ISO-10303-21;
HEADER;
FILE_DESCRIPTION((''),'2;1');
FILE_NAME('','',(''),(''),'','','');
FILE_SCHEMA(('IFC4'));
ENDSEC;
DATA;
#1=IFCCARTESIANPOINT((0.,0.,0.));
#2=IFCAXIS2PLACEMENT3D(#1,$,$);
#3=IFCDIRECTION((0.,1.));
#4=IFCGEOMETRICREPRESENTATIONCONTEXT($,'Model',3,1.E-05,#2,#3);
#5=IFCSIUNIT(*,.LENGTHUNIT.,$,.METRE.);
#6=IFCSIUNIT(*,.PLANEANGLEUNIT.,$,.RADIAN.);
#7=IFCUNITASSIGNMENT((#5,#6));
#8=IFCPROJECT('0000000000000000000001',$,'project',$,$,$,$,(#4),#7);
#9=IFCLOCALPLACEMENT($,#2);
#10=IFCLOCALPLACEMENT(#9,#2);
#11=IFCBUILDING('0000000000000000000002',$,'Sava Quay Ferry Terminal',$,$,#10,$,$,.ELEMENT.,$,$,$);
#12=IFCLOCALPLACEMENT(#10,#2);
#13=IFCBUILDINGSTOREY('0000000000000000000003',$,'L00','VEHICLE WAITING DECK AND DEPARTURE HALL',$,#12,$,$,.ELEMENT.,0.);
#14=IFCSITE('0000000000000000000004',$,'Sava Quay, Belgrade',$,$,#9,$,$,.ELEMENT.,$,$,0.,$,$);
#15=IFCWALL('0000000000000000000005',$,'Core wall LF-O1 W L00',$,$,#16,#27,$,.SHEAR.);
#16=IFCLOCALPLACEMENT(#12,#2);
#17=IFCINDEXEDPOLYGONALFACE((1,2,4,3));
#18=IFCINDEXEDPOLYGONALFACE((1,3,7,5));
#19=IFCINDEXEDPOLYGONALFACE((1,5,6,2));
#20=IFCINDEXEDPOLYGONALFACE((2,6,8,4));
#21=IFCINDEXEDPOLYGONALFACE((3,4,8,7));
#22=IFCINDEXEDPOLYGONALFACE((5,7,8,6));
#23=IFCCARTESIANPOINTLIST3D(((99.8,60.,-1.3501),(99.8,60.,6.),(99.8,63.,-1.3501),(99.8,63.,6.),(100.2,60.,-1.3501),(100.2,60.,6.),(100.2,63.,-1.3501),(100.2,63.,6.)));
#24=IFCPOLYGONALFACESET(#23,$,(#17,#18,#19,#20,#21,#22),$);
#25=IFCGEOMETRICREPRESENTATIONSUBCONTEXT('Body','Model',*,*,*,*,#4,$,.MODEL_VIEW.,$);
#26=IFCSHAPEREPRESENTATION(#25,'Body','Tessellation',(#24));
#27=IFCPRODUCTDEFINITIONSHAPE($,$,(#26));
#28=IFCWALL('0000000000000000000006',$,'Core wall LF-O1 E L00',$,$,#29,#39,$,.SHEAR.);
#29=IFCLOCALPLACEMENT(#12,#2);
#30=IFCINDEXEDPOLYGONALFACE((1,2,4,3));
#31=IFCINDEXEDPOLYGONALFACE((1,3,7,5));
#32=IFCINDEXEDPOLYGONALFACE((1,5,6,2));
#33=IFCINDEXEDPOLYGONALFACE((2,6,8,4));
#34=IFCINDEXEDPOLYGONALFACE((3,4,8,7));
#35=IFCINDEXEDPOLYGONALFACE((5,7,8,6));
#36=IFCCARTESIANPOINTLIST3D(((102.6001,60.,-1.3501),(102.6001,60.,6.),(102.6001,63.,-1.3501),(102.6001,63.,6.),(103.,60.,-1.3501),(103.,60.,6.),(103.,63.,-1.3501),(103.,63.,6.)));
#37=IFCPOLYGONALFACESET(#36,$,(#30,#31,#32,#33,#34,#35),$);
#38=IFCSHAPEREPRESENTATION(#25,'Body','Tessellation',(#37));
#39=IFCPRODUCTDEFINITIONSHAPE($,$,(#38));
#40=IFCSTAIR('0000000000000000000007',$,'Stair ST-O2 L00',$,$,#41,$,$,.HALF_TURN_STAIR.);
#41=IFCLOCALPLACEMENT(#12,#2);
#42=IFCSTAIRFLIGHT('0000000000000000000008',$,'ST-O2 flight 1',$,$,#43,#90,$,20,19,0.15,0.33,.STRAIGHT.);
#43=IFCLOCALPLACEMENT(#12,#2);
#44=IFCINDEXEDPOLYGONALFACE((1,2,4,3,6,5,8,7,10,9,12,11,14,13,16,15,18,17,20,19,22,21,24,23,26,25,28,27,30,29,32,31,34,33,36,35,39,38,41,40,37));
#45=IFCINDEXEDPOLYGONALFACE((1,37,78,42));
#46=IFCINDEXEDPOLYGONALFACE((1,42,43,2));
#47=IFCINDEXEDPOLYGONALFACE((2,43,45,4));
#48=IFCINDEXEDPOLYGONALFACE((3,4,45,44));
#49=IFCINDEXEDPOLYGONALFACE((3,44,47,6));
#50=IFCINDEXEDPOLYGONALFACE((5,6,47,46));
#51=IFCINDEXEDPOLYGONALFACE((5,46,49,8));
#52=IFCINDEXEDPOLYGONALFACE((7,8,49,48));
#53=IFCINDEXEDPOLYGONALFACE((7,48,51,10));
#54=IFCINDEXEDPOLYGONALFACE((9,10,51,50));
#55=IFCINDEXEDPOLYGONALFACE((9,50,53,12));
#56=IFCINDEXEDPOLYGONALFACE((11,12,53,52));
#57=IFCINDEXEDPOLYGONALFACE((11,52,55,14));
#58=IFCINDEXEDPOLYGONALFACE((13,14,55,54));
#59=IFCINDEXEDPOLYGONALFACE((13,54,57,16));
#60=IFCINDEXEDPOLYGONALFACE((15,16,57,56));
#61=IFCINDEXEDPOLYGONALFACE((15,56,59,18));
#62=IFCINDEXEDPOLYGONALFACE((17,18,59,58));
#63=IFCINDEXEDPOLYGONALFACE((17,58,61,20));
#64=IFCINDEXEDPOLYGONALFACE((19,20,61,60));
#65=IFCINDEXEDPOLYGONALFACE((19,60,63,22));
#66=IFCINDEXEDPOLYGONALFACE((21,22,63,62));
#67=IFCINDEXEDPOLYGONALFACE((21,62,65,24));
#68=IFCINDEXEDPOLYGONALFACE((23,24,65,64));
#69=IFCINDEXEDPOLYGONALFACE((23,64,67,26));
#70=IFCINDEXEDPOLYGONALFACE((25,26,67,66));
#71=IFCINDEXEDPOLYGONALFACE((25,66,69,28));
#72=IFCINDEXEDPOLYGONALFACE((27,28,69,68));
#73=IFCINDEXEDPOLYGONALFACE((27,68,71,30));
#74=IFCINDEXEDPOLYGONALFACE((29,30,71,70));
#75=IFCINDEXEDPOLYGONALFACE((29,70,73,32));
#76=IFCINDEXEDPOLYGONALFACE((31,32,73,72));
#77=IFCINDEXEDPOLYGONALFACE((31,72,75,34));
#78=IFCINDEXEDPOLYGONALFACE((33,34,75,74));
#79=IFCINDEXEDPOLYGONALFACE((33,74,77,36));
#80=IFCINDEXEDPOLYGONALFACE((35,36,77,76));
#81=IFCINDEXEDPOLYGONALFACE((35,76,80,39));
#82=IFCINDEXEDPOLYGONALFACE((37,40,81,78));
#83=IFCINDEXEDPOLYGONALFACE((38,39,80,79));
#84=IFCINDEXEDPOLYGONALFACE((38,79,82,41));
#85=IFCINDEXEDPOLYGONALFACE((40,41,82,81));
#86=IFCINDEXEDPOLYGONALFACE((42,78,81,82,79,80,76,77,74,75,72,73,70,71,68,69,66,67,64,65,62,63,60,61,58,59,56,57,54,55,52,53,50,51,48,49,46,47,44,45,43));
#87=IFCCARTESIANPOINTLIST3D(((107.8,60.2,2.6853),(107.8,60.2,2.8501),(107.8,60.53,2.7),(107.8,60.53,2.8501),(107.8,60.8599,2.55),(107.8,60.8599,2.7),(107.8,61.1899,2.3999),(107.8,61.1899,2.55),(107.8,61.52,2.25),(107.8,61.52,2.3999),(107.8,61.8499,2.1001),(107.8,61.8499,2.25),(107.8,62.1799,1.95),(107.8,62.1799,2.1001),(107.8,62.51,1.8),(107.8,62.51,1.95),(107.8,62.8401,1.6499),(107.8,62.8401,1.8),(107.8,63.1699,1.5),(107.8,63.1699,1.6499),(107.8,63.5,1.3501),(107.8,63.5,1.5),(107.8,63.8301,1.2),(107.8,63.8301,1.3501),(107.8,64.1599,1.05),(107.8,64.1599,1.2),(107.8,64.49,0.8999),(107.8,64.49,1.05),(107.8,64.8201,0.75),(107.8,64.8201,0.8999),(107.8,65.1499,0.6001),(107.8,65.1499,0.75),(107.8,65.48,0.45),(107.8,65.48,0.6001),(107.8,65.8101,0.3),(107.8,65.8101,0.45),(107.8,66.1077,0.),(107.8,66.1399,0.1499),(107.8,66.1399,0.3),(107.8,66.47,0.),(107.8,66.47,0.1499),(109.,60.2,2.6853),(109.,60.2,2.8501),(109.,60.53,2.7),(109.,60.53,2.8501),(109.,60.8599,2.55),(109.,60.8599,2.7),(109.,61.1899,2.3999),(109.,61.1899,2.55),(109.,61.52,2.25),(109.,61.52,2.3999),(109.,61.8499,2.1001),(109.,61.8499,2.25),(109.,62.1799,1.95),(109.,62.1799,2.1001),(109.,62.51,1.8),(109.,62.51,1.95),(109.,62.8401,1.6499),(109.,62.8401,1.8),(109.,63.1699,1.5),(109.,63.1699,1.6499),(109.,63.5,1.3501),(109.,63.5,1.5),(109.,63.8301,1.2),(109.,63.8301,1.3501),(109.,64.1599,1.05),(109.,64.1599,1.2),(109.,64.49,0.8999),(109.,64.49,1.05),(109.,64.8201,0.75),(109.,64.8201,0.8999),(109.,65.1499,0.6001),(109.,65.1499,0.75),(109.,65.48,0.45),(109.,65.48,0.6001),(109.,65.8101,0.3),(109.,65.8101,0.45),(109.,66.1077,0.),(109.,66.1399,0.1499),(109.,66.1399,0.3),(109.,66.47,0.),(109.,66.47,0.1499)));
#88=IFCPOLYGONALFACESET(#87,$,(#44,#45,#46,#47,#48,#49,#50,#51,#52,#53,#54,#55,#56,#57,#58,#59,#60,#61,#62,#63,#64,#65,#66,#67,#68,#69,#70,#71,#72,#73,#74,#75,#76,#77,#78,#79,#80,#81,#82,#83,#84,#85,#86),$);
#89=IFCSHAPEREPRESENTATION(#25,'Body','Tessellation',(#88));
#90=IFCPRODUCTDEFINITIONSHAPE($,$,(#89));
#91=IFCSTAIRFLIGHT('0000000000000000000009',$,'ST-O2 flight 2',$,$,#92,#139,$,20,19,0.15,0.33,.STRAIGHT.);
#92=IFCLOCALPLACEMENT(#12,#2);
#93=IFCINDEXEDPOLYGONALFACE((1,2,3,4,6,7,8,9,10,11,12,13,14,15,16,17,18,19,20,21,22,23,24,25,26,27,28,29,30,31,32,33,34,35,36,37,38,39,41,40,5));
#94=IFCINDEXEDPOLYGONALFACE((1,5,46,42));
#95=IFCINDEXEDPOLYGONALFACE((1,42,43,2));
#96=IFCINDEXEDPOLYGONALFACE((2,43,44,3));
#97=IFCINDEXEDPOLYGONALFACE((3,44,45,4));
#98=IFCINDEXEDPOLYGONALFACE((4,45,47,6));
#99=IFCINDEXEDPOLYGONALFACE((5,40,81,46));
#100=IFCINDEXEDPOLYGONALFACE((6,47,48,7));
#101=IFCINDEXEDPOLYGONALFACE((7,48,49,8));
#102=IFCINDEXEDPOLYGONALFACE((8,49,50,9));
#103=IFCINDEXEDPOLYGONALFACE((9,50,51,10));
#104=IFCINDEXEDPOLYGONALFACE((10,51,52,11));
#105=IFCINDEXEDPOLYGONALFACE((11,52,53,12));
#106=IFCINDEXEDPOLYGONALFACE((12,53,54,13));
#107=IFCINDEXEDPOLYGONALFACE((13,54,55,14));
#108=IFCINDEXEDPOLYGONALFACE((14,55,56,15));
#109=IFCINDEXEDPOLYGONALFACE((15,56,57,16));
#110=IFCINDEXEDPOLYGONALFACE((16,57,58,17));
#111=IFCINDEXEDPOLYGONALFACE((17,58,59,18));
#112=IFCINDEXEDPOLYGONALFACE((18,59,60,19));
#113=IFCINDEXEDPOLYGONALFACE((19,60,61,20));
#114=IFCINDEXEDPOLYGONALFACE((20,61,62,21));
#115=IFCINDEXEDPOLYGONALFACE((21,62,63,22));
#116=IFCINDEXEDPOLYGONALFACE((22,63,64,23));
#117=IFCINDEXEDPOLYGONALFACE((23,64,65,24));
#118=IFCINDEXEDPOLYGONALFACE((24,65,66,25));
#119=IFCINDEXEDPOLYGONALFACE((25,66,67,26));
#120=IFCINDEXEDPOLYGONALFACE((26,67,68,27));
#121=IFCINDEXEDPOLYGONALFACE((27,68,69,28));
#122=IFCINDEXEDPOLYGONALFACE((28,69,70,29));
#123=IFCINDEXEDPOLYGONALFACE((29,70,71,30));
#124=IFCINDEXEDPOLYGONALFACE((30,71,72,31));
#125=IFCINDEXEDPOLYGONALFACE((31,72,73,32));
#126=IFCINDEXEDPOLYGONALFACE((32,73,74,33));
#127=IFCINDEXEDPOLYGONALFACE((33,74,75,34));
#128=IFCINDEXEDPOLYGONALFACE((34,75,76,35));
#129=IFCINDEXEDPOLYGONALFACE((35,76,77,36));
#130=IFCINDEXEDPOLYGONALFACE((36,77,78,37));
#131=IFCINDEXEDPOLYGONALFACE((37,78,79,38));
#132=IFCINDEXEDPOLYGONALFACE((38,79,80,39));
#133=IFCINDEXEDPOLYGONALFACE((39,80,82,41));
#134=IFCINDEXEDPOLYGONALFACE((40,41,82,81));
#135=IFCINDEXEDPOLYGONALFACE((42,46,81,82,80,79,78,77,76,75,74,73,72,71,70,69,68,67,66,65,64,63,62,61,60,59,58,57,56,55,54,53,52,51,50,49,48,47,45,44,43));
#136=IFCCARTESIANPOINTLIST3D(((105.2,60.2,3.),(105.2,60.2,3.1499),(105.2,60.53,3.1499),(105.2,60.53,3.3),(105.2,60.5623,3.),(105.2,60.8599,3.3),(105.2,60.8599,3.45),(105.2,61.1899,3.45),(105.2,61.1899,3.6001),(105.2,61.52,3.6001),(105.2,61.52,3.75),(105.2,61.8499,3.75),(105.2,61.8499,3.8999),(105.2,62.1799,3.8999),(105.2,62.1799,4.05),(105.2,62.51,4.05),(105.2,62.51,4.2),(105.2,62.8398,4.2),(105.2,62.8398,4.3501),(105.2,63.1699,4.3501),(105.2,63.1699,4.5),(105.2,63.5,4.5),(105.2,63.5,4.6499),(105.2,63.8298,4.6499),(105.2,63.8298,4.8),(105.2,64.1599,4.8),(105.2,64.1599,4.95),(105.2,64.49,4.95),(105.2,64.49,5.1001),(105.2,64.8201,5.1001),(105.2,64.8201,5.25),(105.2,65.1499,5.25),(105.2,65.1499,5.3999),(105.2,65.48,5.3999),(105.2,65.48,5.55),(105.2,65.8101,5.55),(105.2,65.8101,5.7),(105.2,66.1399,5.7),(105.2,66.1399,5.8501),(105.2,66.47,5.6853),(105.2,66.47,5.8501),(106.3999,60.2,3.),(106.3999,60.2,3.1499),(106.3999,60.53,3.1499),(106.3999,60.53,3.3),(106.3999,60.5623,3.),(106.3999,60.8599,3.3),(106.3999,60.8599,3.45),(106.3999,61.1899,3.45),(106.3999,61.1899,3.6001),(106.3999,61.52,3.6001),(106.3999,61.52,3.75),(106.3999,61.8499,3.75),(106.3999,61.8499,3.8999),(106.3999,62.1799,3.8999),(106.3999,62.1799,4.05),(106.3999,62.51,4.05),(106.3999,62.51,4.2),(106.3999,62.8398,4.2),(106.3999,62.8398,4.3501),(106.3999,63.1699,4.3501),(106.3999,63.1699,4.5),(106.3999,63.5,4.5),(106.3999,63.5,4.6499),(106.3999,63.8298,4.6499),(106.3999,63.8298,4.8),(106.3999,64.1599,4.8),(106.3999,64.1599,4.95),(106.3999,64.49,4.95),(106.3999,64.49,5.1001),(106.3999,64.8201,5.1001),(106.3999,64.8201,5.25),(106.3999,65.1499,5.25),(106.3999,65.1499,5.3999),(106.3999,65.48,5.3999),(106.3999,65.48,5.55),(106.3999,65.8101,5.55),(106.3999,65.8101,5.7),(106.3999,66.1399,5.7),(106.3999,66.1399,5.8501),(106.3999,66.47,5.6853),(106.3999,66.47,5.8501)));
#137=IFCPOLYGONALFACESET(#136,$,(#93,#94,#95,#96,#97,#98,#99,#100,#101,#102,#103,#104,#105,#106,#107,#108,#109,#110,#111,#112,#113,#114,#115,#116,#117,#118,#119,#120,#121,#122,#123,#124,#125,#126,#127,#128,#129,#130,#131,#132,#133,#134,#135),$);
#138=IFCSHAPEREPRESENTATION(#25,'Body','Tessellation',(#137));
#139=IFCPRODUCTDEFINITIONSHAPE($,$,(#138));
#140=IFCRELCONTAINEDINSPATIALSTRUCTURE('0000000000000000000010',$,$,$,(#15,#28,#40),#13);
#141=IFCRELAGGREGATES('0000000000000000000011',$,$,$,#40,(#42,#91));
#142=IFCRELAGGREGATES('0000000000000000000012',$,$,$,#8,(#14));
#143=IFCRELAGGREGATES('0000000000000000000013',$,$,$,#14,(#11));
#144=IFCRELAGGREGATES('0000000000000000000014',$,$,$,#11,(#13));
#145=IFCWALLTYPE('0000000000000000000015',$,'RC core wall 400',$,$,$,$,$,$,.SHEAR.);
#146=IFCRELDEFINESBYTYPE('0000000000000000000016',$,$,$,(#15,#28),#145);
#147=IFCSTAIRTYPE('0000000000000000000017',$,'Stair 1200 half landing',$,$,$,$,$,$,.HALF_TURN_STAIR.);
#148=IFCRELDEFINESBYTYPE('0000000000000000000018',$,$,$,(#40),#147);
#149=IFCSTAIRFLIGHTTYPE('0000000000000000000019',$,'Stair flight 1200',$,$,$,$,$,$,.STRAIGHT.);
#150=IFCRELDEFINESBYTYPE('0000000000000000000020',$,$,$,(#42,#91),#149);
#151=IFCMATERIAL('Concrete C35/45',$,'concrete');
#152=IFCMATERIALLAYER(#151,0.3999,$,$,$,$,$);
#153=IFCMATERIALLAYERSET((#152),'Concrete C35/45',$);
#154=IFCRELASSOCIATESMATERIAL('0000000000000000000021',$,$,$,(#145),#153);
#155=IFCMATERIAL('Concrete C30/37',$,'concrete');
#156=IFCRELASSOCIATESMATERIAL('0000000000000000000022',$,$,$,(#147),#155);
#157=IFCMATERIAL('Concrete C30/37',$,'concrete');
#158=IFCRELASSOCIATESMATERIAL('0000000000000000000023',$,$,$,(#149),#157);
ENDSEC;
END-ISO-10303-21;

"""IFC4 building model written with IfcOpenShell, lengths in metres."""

from ifc_helpers import new_model, si_unit, direction, frame, frame_2d, origin, place, context, subcontext, project, spatial, polyline, rectangle, outline, extrude, material, layer, layer_set, type_object, element, aggregate, save


model = new_model("IFC4")

# Units and contexts
model_context = context("Model", 3, precision=1e-05, world=origin(), true_north=direction((0.0, 1.0)))
body_context = subcontext(model_context, "Body", "Model", "MODEL_VIEW")
ifc_project = project(units=[si_unit("LENGTHUNIT", "METRE"), si_unit("PLANEANGLEUNIT", "RADIAN")], contexts=[model_context])

# Site, building, storey
site_placement = place(None, origin())
site = spatial("IfcSite", under=ifc_project, at=site_placement, Name="Sava Quay, Belgrade", CompositionType="ELEMENT", RefElevation=0.0)
building_placement = place(site_placement, origin())
building = spatial("IfcBuilding", under=site, at=building_placement, Name="Sava Quay Ferry Terminal", CompositionType="ELEMENT")
storey_placement = place(building_placement, origin())
storey = spatial("IfcBuildingStorey", under=building, at=storey_placement, Name="L00", Description="VEHICLE WAITING DECK AND DEPARTURE HALL", CompositionType="ELEMENT", Elevation=0.0)

# Shared definitions
ifc_material_1 = material(Name="Concrete C35/45", Category="concrete")
ifc_layer = layer(ifc_material_1, 0.3999)
ifc_layer_set = layer_set([ifc_layer], Name="Concrete C35/45")
wall_type = type_object("IfcWallType", Name="RC core wall 400", PredefinedType="SHEAR", material=ifc_layer_set)

# Walls
for number, where, z_axis, x_axis, name in (
    (1, (100.0, 60.0, -1.3501), (0.0, 0.0, 1.0), (0.0, 1.0, 0.0), "Core wall LF-O1 W L00"),
    (2, (102.8, 60.0, -1.3501), (0.0, 0.0, 1.0), (0.0, 1.0, 0.0), "Core wall LF-O1 E L00"),
):
    element("IfcWall", number, at=place(storey_placement, frame(where, z_axis=z_axis, x_axis=x_axis)), inside=storey, type_object=wall_type, Name=name, PredefinedType="SHEAR", context=body_context, shape_type="SweptSolid", body=[
        extrude(rectangle(XDim=3.0, YDim=0.3999, at=frame_2d((1.5, 0.0))), origin(), (0.0, 0.0, 1.0), 7.3501),
    ])

# Stair, stair flights
ifc_material_2 = material(Name="Concrete C30/37", Category="concrete")
stair_type = type_object("IfcStairType", Name="Stair 1200 half landing", PredefinedType="HALF_TURN_STAIR", material=ifc_material_2)
stair_placement = place(storey_placement, origin())
stair = element("IfcStair", 3, at=stair_placement, inside=storey, type_object=stair_type, Name="Stair ST-O2 L00", PredefinedType="HALF_TURN_STAIR")
ifc_material_3 = material(Name="Concrete C30/37", Category="concrete")
stair_flight_type = type_object("IfcStairFlightType", Name="Stair flight 1200", PredefinedType="STRAIGHT", material=ifc_material_3)
stair_flight_1_placement = place(storey_placement, frame((108.3999, 66.47, 0.0), z_axis=(0.0, 0.0, 1.0), x_axis=(0.0, -1.0, 0.0)))
stair_flight_1 = element("IfcStairFlight", 4, at=stair_flight_1_placement, type_object=stair_flight_type, Name="ST-O2 flight 1", NumberOfRisers=20, NumberOfTreads=19, PredefinedType="STRAIGHT", RiserHeight=0.15, TreadLength=0.33, context=body_context, shape_type="SweptSolid", body=[
    extrude(outline(polyline([(0.0, 0.0), (0.0, 0.1499), (0.3301, 0.1499), (0.3301, 0.3), (0.6599, 0.3), (0.6599, 0.45), (0.99, 0.45), (0.99, 0.6001), (1.3201, 0.6001), (1.3201, 0.75), (1.6499, 0.75), (1.6499, 0.8999), (1.98, 0.8999), (1.98, 1.05), (2.3101, 1.05), (2.3101, 1.2), (2.6399, 1.2), (2.6399, 1.3501), (2.97, 1.3501), (2.97, 1.5), (3.3, 1.5), (3.3, 1.6499), (3.6299, 1.6499), (3.6299, 1.8), (3.96, 1.8), (3.96, 1.95), (4.29, 1.95), (4.29, 2.1001), (4.6201, 2.1001), (4.6201, 2.25), (4.95, 2.25), (4.95, 2.3999), (5.28, 2.3999), (5.28, 2.55), (5.6101, 2.55), (5.6101, 2.7), (5.9399, 2.7), (5.9399, 2.8501), (6.27, 2.8501), (6.27, 3.0), (6.27, 2.6853), (0.3623, 0.0), (0.0, 0.0)])), frame((0.0, 0.6001, 0.0), z_axis=(0.0, -1.0, 0.0), x_axis=(1.0, 0.0, 0.0)), (0.0, 0.0, 1.0), 1.2),
])
stair_flight_2_placement = place(storey_placement, frame((105.8, 60.2, 3.0), z_axis=(0.0, 0.0, 1.0), x_axis=(0.0, 1.0, 0.0)))
stair_flight_2 = element("IfcStairFlight", 5, at=stair_flight_2_placement, type_object=stair_flight_type, Name="ST-O2 flight 2", NumberOfRisers=20, NumberOfTreads=19, PredefinedType="STRAIGHT", RiserHeight=0.15, TreadLength=0.33, context=body_context, shape_type="SweptSolid", body=[
    extrude(outline(polyline([(0.0, 0.0), (0.0, 0.1499), (0.3301, 0.1499), (0.3301, 0.3), (0.6599, 0.3), (0.6599, 0.45), (0.99, 0.45), (0.99, 0.6001), (1.3201, 0.6001), (1.3201, 0.75), (1.6499, 0.75), (1.6499, 0.8999), (1.98, 0.8999), (1.98, 1.05), (2.3101, 1.05), (2.3101, 1.2), (2.6399, 1.2), (2.6399, 1.3501), (2.97, 1.3501), (2.97, 1.5), (3.3, 1.5), (3.3, 1.6499), (3.6299, 1.6499), (3.6299, 1.8), (3.96, 1.8), (3.96, 1.95), (4.29, 1.95), (4.29, 2.1001), (4.6201, 2.1001), (4.6201, 2.25), (4.95, 2.25), (4.95, 2.3999), (5.28, 2.3999), (5.28, 2.55), (5.6101, 2.55), (5.6101, 2.7), (5.9399, 2.7), (5.9399, 2.8501), (6.27, 2.8501), (6.27, 3.0), (6.27, 2.6853), (0.3623, 0.0), (0.0, 0.0)])), frame((0.0, 0.6001, 0.0), z_axis=(0.0, -1.0, 0.0), x_axis=(1.0, 0.0, 0.0)), (0.0, 0.0, 1.0), 1.2),
])
aggregate(stair, [stair_flight_1, stair_flight_2])

save(model, "model.ifc")
